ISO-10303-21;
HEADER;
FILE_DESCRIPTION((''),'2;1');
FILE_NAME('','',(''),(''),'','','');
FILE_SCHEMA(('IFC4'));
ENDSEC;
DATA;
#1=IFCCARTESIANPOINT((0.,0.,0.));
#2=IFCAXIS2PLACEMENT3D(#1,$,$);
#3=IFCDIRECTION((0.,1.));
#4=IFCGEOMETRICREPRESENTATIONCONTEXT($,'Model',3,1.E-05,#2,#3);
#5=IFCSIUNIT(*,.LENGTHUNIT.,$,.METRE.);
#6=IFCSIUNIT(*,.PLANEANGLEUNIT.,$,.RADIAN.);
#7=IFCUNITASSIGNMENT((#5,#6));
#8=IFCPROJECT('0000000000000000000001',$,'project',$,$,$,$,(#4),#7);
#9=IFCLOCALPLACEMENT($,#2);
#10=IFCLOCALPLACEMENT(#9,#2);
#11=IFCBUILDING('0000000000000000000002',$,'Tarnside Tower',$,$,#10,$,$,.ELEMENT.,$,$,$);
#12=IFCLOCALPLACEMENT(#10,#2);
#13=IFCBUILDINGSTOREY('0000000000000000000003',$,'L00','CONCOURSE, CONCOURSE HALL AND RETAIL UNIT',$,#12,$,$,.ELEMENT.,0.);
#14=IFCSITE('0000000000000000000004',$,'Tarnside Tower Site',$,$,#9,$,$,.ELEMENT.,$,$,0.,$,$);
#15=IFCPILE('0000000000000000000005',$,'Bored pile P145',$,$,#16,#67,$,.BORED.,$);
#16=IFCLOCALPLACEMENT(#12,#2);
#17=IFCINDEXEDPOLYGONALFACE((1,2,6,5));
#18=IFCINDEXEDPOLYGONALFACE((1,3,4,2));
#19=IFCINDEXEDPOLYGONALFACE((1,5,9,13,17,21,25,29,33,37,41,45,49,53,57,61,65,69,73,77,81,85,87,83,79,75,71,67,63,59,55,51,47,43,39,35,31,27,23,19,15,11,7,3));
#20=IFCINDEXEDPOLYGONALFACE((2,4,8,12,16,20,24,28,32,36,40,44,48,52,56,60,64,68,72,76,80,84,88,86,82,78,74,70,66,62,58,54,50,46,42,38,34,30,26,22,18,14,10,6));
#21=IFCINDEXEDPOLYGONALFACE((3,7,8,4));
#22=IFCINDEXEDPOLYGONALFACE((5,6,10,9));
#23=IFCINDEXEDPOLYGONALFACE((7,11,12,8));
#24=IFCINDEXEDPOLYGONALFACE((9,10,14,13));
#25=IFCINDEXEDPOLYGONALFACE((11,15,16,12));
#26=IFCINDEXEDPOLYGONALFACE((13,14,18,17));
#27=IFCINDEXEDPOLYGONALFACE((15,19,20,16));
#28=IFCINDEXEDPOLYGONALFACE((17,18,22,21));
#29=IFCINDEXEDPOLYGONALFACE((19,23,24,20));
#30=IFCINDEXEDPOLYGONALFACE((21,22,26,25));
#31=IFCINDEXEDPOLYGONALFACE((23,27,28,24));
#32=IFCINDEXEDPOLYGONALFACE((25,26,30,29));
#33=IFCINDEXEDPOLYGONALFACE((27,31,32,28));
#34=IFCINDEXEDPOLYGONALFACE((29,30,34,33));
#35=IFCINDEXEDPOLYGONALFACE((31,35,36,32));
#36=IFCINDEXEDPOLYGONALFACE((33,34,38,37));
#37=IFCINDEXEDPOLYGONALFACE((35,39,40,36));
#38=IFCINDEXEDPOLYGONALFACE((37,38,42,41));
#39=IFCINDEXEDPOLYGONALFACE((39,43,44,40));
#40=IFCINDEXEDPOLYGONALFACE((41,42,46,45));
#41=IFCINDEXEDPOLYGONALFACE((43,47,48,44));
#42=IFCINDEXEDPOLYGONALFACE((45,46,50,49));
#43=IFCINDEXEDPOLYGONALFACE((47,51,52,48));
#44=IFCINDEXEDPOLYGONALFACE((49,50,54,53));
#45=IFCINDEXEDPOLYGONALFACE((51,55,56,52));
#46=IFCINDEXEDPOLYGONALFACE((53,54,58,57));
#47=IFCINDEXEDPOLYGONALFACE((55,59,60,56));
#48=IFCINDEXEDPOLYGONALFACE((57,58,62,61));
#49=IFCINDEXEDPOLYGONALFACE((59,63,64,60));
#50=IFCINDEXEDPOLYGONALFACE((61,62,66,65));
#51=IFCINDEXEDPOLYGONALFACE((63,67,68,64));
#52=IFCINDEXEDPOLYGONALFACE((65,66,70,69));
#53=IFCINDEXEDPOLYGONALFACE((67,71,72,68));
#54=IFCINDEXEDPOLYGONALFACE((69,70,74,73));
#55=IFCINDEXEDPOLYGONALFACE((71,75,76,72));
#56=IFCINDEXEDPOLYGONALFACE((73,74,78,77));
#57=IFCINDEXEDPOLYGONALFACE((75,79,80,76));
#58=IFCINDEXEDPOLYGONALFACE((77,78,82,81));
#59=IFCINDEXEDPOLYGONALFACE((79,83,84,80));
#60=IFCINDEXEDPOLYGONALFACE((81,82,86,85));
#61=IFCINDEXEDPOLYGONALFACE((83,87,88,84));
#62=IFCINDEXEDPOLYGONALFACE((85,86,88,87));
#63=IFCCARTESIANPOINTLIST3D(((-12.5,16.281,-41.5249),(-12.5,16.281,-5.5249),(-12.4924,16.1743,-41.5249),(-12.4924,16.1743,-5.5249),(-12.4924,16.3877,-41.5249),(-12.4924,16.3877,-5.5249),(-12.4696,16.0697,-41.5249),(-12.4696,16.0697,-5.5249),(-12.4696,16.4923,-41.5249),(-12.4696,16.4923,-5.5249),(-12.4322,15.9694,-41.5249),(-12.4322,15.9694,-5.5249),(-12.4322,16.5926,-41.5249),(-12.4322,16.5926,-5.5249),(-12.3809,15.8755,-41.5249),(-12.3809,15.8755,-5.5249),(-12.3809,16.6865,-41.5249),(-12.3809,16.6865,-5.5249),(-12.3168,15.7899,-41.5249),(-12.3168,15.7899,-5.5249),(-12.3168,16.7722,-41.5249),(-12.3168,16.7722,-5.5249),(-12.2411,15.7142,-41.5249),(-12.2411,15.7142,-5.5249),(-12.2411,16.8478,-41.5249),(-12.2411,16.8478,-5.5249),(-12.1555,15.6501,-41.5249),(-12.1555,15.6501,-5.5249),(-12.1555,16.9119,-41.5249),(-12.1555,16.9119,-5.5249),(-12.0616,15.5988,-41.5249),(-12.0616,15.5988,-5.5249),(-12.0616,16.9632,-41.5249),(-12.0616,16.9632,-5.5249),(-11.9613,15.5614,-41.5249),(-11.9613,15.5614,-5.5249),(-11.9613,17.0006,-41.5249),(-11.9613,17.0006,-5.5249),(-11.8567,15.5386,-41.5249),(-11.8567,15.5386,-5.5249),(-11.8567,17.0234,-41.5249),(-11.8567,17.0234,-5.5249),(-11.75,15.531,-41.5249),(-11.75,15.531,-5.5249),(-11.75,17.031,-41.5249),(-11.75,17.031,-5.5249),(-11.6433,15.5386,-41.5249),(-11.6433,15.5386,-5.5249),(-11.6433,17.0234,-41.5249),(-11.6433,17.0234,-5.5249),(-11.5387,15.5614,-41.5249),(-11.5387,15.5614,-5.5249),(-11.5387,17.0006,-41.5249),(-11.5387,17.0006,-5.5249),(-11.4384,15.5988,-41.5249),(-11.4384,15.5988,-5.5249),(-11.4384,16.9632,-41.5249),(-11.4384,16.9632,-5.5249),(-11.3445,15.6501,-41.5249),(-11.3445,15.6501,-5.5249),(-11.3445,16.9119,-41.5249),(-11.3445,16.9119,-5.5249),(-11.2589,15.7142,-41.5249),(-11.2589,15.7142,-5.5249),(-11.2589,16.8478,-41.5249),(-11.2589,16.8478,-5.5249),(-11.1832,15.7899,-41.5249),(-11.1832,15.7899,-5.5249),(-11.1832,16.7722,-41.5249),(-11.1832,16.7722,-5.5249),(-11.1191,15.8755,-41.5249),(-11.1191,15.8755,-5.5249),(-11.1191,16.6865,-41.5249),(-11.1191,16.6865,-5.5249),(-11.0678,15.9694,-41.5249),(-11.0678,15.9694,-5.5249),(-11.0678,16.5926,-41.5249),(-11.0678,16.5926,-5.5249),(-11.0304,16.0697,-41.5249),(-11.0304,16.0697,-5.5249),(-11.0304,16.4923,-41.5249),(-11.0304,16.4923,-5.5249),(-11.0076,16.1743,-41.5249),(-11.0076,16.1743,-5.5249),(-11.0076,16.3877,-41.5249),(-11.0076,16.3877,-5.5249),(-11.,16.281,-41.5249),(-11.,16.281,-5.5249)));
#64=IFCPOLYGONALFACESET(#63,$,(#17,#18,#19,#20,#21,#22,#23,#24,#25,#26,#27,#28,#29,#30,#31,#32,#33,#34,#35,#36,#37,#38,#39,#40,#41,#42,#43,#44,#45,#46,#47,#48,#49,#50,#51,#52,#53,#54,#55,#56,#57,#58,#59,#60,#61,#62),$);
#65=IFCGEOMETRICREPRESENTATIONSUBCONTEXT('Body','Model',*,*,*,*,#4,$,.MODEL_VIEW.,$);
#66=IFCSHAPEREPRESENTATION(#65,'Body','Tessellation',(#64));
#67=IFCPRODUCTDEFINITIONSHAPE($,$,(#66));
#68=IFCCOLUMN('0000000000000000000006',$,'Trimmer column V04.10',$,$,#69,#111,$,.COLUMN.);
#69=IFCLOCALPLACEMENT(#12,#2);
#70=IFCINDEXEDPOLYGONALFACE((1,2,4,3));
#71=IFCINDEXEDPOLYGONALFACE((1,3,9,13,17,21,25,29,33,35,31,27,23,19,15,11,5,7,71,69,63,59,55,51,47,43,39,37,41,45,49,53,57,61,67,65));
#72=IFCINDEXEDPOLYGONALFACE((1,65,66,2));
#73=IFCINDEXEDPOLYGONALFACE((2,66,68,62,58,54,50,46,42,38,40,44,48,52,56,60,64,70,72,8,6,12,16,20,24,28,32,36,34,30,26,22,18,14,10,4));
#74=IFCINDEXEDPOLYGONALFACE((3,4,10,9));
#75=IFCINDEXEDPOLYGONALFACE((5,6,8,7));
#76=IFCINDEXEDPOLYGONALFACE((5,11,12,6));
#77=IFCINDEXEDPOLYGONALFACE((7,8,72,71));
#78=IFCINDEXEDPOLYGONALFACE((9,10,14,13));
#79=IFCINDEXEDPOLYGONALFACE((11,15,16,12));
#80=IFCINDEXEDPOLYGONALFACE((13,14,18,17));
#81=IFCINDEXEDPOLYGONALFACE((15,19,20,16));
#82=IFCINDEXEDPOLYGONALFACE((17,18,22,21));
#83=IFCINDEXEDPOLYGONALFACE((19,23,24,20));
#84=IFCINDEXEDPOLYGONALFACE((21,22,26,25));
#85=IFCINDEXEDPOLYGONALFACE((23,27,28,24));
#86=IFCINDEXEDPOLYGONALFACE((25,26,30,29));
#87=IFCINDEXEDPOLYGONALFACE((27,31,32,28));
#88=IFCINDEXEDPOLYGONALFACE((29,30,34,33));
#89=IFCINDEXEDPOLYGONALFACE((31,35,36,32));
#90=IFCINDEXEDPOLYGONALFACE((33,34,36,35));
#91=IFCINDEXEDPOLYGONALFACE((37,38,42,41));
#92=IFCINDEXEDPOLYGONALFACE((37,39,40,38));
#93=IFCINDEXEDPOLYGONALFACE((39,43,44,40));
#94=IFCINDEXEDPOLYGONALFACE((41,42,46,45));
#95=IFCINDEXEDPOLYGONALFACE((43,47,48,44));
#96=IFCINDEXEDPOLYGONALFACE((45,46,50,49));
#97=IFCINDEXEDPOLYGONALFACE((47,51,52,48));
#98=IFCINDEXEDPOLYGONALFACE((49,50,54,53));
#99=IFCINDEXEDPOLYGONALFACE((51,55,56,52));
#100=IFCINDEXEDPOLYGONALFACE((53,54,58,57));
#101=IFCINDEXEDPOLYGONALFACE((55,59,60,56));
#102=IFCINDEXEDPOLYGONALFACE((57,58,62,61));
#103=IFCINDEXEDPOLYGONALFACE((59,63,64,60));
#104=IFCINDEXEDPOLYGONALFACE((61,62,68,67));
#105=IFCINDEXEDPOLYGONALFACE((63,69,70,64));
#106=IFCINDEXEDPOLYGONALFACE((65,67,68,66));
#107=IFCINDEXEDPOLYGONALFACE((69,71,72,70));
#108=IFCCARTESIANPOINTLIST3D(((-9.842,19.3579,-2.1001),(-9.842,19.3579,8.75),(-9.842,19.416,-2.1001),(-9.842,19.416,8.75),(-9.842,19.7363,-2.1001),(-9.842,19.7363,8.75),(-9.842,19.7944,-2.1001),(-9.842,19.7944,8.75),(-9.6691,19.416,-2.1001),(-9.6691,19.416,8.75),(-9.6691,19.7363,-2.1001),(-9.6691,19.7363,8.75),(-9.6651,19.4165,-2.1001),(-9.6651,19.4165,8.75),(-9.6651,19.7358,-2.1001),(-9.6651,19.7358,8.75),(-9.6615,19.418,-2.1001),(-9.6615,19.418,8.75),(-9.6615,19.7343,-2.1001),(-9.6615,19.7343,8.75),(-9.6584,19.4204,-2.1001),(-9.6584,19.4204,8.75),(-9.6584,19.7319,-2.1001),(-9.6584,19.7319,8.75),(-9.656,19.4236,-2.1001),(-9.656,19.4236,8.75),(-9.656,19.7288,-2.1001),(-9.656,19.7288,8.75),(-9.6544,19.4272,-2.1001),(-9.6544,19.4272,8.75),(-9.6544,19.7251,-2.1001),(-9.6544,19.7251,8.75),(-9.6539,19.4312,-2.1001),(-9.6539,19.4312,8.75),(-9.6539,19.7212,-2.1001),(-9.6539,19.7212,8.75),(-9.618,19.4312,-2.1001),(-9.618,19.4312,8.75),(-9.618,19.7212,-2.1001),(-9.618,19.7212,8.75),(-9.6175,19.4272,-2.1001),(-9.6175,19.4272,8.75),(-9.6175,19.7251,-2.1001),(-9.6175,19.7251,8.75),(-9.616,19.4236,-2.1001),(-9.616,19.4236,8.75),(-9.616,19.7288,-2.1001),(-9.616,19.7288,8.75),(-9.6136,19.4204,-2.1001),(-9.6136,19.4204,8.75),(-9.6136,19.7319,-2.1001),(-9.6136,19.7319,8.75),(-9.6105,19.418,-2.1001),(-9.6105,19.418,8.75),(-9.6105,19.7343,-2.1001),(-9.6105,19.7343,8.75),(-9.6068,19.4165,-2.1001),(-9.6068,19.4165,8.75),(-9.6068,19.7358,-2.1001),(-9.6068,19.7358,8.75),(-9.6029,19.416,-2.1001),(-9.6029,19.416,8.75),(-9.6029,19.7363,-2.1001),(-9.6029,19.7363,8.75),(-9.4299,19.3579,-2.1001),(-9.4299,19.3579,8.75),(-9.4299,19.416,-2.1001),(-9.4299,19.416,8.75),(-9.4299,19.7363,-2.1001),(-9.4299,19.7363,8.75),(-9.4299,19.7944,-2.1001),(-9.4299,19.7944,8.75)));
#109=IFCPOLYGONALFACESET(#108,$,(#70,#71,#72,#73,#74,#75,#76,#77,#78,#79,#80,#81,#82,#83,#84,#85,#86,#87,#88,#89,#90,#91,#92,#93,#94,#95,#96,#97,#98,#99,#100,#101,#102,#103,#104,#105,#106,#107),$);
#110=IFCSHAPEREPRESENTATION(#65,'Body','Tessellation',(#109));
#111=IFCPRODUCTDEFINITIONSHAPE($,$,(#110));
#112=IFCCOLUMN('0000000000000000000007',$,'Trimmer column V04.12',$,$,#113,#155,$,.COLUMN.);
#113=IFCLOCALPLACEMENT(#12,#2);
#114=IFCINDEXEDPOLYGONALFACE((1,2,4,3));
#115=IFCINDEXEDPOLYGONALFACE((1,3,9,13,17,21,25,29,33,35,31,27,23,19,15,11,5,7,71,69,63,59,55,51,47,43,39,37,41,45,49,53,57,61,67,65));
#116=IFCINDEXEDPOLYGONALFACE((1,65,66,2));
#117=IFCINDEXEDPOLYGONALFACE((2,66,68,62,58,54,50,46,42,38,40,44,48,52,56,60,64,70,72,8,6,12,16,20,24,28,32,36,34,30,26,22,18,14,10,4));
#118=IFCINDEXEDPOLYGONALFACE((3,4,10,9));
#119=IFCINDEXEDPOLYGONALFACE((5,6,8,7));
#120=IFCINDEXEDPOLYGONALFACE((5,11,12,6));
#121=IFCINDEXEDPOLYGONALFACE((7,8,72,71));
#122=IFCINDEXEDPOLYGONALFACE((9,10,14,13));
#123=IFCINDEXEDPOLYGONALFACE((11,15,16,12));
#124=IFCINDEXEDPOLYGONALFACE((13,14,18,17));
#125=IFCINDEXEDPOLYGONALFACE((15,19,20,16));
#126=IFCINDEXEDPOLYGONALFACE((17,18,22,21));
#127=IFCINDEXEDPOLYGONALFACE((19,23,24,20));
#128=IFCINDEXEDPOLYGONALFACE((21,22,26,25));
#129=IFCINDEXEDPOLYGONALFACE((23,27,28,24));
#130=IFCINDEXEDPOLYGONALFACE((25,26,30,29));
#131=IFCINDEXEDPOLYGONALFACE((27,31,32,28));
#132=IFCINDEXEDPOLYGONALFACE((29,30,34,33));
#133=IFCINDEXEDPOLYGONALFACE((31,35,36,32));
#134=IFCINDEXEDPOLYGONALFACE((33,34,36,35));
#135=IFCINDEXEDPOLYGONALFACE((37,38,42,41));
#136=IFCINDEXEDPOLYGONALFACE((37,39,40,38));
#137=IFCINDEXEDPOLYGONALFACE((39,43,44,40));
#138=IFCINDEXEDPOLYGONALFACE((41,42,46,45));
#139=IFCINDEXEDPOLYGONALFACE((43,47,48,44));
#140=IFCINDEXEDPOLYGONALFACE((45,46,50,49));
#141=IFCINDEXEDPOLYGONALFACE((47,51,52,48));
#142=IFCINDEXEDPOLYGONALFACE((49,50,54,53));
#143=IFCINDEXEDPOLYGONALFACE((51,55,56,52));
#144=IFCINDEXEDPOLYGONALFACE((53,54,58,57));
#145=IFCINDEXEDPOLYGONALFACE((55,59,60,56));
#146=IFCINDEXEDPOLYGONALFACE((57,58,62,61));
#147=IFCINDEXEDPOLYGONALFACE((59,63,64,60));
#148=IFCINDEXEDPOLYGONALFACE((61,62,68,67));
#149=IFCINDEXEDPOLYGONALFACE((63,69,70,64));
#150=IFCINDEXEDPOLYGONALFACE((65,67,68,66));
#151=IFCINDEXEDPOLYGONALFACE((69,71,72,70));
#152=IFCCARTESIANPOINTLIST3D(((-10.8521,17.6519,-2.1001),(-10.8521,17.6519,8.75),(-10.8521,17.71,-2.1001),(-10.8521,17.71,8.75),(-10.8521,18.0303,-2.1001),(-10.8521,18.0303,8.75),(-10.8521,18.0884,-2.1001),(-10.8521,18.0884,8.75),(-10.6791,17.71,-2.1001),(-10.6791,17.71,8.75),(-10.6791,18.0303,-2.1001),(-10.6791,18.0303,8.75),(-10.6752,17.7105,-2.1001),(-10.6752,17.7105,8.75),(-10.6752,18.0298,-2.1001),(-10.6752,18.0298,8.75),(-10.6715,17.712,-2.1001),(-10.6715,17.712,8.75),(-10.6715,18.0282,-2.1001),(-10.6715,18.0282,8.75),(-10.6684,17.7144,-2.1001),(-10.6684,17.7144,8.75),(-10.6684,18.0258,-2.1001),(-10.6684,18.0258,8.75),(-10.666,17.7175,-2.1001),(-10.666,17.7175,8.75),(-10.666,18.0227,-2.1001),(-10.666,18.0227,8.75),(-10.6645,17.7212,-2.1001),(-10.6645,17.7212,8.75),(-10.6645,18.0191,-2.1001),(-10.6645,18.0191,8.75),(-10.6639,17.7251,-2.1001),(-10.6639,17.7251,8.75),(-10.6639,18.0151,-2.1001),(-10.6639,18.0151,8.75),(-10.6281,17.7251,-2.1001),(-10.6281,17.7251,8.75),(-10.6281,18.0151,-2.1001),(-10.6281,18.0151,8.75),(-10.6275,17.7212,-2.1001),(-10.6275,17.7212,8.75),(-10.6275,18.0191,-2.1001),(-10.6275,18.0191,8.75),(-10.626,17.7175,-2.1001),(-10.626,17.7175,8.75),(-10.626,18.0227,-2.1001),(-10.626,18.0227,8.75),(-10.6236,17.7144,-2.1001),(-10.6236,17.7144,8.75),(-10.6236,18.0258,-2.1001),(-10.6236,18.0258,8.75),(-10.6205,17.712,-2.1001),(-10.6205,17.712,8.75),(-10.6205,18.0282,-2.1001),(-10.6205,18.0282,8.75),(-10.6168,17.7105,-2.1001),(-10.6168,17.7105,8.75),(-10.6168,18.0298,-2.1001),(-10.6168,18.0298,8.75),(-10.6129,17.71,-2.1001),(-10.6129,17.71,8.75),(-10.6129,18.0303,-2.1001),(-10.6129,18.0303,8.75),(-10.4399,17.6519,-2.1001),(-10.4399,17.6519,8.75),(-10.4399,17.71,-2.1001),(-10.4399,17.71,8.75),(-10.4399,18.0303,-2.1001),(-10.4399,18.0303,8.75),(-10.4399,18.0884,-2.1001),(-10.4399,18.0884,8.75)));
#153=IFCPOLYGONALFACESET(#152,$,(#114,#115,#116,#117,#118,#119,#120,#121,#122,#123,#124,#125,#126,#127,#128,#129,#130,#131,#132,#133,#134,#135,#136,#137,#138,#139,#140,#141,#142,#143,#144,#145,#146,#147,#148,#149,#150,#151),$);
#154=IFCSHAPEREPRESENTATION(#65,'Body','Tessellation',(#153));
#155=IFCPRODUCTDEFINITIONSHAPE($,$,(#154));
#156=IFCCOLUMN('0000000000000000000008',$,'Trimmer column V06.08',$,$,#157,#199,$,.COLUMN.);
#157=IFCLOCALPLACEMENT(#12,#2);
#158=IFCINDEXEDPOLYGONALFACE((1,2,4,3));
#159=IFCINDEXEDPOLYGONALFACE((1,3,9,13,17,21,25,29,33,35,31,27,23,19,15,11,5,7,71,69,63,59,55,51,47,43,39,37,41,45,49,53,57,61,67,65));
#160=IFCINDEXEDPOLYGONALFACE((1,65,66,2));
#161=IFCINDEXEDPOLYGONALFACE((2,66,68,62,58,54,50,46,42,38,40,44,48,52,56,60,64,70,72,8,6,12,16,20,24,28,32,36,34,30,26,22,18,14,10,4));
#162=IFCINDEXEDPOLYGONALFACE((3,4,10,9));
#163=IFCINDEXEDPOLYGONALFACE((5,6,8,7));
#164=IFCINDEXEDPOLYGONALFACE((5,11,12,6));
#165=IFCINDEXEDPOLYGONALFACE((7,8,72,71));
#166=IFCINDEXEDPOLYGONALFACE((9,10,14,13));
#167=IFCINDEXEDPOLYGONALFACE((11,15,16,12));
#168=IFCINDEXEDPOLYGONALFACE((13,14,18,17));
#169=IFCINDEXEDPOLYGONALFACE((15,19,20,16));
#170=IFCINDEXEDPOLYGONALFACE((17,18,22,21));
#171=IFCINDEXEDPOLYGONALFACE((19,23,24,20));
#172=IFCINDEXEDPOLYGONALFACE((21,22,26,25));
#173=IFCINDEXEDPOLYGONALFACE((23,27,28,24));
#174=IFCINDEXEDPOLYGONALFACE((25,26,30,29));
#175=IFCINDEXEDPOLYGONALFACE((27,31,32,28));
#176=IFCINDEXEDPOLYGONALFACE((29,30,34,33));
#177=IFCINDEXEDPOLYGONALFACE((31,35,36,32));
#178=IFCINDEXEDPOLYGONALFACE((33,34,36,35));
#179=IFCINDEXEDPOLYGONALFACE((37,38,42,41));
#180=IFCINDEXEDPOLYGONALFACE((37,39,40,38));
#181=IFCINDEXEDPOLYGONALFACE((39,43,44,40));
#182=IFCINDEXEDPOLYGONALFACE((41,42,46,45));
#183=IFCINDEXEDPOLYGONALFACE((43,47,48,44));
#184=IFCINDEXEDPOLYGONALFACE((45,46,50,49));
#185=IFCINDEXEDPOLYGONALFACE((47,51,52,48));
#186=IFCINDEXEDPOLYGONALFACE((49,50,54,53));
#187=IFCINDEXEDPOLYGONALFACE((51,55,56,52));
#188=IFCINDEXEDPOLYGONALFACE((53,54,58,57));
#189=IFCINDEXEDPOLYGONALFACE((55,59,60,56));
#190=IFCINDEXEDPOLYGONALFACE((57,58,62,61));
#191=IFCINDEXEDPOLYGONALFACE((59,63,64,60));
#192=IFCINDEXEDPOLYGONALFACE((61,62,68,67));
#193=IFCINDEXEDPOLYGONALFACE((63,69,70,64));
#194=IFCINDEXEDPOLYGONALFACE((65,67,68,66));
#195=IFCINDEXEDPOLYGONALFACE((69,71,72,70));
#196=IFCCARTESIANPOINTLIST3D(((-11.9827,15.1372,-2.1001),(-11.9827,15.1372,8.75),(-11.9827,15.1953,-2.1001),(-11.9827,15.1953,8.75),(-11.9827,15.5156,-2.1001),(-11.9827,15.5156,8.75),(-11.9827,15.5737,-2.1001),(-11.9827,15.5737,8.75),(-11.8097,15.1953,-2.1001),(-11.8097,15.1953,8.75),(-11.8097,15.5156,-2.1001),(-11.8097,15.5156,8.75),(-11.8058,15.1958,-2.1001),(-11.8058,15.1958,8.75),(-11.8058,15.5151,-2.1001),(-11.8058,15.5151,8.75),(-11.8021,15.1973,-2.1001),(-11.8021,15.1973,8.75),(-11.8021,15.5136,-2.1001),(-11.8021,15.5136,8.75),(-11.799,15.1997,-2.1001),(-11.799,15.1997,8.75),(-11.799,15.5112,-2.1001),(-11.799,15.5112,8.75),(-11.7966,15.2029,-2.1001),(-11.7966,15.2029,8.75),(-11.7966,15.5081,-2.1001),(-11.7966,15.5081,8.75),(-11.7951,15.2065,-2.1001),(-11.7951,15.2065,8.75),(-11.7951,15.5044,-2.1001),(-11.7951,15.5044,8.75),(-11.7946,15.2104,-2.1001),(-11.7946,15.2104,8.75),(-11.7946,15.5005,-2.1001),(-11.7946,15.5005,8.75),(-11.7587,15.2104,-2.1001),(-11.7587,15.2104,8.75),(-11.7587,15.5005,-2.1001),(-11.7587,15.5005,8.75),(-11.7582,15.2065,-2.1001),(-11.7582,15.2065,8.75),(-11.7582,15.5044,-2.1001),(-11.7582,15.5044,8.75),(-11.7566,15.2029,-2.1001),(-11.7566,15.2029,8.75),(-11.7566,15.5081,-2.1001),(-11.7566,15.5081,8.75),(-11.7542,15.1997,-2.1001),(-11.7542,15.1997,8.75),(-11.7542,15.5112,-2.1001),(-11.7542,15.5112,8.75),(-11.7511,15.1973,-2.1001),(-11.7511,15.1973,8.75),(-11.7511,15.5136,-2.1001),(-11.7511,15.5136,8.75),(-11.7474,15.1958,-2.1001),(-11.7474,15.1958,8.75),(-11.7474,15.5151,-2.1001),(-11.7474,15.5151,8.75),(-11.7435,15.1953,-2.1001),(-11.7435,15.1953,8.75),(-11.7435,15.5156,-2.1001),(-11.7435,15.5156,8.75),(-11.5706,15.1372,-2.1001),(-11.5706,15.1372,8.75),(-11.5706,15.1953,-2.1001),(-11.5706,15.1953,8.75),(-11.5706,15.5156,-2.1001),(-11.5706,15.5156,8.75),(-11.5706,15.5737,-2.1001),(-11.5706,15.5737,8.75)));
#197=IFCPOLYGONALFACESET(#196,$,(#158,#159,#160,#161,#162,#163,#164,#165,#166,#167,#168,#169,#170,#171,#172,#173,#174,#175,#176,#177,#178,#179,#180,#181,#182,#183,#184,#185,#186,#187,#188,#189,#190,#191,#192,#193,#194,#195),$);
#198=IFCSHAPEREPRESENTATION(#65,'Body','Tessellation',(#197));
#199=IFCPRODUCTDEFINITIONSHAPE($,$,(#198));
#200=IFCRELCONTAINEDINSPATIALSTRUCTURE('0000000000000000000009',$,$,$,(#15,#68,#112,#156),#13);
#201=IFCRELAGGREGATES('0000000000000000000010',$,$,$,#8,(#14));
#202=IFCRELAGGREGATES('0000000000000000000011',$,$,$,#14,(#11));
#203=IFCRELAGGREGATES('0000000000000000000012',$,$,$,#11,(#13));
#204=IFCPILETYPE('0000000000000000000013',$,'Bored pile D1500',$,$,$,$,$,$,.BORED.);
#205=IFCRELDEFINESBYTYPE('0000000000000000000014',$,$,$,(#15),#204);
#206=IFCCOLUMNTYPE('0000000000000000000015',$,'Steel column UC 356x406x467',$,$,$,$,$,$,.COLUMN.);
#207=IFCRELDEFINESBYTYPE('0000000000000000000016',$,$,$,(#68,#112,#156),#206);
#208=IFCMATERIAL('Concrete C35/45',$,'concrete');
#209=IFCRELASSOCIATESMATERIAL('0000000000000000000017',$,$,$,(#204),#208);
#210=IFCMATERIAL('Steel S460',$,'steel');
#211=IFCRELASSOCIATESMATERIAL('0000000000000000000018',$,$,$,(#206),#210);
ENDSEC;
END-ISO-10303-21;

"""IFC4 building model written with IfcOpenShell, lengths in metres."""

from ifc_helpers import new_model, si_unit, direction, frame, origin, origin_2d, place, context, subcontext, project, spatial, circle, i_section, extrude, material, material_profile, profile_set, type_object, element, save


model = new_model("IFC4")

# Units and contexts
model_context = context("Model", 3, precision=1e-05, world=origin(), true_north=direction((0.0, 1.0)))
body_context = subcontext(model_context, "Body", "Model", "MODEL_VIEW")
ifc_project = project(units=[si_unit("LENGTHUNIT", "METRE"), si_unit("PLANEANGLEUNIT", "RADIAN")], contexts=[model_context])

# Site, building, storey
site_placement = place(None, origin())
site = spatial("IfcSite", under=ifc_project, at=site_placement, Name="Tarnside Tower Site", CompositionType="ELEMENT", RefElevation=0.0)
building_placement = place(site_placement, origin())
building = spatial("IfcBuilding", under=site, at=building_placement, Name="Tarnside Tower", CompositionType="ELEMENT")
storey_placement = place(building_placement, origin())
storey = spatial("IfcBuildingStorey", under=building, at=storey_placement, Name="L00", Description="CONCOURSE, CONCOURSE HALL AND RETAIL UNIT", CompositionType="ELEMENT", Elevation=0.0)

# Pile
ifc_material_1 = material(Name="Concrete C35/45", Category="concrete")
ifc_material_profile_1 = material_profile(ifc_material_1, circle(Radius=0.75, at=origin_2d()), Name="Bored pile D1500")
ifc_profile_set_1 = profile_set([ifc_material_profile_1], Name="Concrete C35/45")
pile_type = type_object("IfcPileType", Name="Bored pile D1500", PredefinedType="BORED", material=ifc_profile_set_1)
pile_placement = place(storey_placement, frame((-11.75, 16.281, -5.5249), z_axis=(0.0, 0.0, -1.0), x_axis=(1.0, 0.0, 0.0)))
element("IfcPile", 1, at=pile_placement, inside=storey, type_object=pile_type, Name="Bored pile P145", PredefinedType="BORED", context=body_context, shape_type="SweptSolid", body=[
    extrude(circle(Radius=0.75, at=origin_2d()), origin(), (0.0, 0.0, 1.0), 36.0),
])

# Columns
ifc_material_2 = material(Name="Steel S460", Category="steel")
ifc_material_profile_2 = material_profile(ifc_material_2, i_section(OverallWidth=0.4121, OverallDepth=0.4365, WebThickness=0.0359, FlangeThickness=0.0581, FilletRadius=0.0151, at=origin_2d()), Name="UC 356x406x467")
ifc_profile_set_2 = profile_set([ifc_material_profile_2], Name="Steel S460")
column_type = type_object("IfcColumnType", Name="Steel column UC 356x406x467", PredefinedType="COLUMN", material=ifc_profile_set_2)
for number, where, z_axis, x_axis, name in (
    (2, (-9.636, 19.5762, -2.1001), (0.0, 0.0, 1.0), (1.0, 0.0, 0.0), "Trimmer column V04.10"),
    (3, (-10.646, 17.8701, -2.1001), (0.0, 0.0, 1.0), (1.0, 0.0, 0.0), "Trimmer column V04.12"),
    (4, (-11.7766, 15.3555, -2.1001), (0.0, 0.0, 1.0), (1.0, 0.0, 0.0), "Trimmer column V06.08"),
):
    element("IfcColumn", number, at=place(storey_placement, frame(where, z_axis=z_axis, x_axis=x_axis)), inside=storey, type_object=column_type, Name=name, PredefinedType="COLUMN", context=body_context, shape_type="SweptSolid", body=[
        extrude(i_section(OverallWidth=0.4121, OverallDepth=0.4365, WebThickness=0.0359, FlangeThickness=0.0581, FilletRadius=0.0151, at=origin_2d()), origin(), (0.0, 0.0, 1.0), 10.8501),
    ])

save(model, "model.ifc")
